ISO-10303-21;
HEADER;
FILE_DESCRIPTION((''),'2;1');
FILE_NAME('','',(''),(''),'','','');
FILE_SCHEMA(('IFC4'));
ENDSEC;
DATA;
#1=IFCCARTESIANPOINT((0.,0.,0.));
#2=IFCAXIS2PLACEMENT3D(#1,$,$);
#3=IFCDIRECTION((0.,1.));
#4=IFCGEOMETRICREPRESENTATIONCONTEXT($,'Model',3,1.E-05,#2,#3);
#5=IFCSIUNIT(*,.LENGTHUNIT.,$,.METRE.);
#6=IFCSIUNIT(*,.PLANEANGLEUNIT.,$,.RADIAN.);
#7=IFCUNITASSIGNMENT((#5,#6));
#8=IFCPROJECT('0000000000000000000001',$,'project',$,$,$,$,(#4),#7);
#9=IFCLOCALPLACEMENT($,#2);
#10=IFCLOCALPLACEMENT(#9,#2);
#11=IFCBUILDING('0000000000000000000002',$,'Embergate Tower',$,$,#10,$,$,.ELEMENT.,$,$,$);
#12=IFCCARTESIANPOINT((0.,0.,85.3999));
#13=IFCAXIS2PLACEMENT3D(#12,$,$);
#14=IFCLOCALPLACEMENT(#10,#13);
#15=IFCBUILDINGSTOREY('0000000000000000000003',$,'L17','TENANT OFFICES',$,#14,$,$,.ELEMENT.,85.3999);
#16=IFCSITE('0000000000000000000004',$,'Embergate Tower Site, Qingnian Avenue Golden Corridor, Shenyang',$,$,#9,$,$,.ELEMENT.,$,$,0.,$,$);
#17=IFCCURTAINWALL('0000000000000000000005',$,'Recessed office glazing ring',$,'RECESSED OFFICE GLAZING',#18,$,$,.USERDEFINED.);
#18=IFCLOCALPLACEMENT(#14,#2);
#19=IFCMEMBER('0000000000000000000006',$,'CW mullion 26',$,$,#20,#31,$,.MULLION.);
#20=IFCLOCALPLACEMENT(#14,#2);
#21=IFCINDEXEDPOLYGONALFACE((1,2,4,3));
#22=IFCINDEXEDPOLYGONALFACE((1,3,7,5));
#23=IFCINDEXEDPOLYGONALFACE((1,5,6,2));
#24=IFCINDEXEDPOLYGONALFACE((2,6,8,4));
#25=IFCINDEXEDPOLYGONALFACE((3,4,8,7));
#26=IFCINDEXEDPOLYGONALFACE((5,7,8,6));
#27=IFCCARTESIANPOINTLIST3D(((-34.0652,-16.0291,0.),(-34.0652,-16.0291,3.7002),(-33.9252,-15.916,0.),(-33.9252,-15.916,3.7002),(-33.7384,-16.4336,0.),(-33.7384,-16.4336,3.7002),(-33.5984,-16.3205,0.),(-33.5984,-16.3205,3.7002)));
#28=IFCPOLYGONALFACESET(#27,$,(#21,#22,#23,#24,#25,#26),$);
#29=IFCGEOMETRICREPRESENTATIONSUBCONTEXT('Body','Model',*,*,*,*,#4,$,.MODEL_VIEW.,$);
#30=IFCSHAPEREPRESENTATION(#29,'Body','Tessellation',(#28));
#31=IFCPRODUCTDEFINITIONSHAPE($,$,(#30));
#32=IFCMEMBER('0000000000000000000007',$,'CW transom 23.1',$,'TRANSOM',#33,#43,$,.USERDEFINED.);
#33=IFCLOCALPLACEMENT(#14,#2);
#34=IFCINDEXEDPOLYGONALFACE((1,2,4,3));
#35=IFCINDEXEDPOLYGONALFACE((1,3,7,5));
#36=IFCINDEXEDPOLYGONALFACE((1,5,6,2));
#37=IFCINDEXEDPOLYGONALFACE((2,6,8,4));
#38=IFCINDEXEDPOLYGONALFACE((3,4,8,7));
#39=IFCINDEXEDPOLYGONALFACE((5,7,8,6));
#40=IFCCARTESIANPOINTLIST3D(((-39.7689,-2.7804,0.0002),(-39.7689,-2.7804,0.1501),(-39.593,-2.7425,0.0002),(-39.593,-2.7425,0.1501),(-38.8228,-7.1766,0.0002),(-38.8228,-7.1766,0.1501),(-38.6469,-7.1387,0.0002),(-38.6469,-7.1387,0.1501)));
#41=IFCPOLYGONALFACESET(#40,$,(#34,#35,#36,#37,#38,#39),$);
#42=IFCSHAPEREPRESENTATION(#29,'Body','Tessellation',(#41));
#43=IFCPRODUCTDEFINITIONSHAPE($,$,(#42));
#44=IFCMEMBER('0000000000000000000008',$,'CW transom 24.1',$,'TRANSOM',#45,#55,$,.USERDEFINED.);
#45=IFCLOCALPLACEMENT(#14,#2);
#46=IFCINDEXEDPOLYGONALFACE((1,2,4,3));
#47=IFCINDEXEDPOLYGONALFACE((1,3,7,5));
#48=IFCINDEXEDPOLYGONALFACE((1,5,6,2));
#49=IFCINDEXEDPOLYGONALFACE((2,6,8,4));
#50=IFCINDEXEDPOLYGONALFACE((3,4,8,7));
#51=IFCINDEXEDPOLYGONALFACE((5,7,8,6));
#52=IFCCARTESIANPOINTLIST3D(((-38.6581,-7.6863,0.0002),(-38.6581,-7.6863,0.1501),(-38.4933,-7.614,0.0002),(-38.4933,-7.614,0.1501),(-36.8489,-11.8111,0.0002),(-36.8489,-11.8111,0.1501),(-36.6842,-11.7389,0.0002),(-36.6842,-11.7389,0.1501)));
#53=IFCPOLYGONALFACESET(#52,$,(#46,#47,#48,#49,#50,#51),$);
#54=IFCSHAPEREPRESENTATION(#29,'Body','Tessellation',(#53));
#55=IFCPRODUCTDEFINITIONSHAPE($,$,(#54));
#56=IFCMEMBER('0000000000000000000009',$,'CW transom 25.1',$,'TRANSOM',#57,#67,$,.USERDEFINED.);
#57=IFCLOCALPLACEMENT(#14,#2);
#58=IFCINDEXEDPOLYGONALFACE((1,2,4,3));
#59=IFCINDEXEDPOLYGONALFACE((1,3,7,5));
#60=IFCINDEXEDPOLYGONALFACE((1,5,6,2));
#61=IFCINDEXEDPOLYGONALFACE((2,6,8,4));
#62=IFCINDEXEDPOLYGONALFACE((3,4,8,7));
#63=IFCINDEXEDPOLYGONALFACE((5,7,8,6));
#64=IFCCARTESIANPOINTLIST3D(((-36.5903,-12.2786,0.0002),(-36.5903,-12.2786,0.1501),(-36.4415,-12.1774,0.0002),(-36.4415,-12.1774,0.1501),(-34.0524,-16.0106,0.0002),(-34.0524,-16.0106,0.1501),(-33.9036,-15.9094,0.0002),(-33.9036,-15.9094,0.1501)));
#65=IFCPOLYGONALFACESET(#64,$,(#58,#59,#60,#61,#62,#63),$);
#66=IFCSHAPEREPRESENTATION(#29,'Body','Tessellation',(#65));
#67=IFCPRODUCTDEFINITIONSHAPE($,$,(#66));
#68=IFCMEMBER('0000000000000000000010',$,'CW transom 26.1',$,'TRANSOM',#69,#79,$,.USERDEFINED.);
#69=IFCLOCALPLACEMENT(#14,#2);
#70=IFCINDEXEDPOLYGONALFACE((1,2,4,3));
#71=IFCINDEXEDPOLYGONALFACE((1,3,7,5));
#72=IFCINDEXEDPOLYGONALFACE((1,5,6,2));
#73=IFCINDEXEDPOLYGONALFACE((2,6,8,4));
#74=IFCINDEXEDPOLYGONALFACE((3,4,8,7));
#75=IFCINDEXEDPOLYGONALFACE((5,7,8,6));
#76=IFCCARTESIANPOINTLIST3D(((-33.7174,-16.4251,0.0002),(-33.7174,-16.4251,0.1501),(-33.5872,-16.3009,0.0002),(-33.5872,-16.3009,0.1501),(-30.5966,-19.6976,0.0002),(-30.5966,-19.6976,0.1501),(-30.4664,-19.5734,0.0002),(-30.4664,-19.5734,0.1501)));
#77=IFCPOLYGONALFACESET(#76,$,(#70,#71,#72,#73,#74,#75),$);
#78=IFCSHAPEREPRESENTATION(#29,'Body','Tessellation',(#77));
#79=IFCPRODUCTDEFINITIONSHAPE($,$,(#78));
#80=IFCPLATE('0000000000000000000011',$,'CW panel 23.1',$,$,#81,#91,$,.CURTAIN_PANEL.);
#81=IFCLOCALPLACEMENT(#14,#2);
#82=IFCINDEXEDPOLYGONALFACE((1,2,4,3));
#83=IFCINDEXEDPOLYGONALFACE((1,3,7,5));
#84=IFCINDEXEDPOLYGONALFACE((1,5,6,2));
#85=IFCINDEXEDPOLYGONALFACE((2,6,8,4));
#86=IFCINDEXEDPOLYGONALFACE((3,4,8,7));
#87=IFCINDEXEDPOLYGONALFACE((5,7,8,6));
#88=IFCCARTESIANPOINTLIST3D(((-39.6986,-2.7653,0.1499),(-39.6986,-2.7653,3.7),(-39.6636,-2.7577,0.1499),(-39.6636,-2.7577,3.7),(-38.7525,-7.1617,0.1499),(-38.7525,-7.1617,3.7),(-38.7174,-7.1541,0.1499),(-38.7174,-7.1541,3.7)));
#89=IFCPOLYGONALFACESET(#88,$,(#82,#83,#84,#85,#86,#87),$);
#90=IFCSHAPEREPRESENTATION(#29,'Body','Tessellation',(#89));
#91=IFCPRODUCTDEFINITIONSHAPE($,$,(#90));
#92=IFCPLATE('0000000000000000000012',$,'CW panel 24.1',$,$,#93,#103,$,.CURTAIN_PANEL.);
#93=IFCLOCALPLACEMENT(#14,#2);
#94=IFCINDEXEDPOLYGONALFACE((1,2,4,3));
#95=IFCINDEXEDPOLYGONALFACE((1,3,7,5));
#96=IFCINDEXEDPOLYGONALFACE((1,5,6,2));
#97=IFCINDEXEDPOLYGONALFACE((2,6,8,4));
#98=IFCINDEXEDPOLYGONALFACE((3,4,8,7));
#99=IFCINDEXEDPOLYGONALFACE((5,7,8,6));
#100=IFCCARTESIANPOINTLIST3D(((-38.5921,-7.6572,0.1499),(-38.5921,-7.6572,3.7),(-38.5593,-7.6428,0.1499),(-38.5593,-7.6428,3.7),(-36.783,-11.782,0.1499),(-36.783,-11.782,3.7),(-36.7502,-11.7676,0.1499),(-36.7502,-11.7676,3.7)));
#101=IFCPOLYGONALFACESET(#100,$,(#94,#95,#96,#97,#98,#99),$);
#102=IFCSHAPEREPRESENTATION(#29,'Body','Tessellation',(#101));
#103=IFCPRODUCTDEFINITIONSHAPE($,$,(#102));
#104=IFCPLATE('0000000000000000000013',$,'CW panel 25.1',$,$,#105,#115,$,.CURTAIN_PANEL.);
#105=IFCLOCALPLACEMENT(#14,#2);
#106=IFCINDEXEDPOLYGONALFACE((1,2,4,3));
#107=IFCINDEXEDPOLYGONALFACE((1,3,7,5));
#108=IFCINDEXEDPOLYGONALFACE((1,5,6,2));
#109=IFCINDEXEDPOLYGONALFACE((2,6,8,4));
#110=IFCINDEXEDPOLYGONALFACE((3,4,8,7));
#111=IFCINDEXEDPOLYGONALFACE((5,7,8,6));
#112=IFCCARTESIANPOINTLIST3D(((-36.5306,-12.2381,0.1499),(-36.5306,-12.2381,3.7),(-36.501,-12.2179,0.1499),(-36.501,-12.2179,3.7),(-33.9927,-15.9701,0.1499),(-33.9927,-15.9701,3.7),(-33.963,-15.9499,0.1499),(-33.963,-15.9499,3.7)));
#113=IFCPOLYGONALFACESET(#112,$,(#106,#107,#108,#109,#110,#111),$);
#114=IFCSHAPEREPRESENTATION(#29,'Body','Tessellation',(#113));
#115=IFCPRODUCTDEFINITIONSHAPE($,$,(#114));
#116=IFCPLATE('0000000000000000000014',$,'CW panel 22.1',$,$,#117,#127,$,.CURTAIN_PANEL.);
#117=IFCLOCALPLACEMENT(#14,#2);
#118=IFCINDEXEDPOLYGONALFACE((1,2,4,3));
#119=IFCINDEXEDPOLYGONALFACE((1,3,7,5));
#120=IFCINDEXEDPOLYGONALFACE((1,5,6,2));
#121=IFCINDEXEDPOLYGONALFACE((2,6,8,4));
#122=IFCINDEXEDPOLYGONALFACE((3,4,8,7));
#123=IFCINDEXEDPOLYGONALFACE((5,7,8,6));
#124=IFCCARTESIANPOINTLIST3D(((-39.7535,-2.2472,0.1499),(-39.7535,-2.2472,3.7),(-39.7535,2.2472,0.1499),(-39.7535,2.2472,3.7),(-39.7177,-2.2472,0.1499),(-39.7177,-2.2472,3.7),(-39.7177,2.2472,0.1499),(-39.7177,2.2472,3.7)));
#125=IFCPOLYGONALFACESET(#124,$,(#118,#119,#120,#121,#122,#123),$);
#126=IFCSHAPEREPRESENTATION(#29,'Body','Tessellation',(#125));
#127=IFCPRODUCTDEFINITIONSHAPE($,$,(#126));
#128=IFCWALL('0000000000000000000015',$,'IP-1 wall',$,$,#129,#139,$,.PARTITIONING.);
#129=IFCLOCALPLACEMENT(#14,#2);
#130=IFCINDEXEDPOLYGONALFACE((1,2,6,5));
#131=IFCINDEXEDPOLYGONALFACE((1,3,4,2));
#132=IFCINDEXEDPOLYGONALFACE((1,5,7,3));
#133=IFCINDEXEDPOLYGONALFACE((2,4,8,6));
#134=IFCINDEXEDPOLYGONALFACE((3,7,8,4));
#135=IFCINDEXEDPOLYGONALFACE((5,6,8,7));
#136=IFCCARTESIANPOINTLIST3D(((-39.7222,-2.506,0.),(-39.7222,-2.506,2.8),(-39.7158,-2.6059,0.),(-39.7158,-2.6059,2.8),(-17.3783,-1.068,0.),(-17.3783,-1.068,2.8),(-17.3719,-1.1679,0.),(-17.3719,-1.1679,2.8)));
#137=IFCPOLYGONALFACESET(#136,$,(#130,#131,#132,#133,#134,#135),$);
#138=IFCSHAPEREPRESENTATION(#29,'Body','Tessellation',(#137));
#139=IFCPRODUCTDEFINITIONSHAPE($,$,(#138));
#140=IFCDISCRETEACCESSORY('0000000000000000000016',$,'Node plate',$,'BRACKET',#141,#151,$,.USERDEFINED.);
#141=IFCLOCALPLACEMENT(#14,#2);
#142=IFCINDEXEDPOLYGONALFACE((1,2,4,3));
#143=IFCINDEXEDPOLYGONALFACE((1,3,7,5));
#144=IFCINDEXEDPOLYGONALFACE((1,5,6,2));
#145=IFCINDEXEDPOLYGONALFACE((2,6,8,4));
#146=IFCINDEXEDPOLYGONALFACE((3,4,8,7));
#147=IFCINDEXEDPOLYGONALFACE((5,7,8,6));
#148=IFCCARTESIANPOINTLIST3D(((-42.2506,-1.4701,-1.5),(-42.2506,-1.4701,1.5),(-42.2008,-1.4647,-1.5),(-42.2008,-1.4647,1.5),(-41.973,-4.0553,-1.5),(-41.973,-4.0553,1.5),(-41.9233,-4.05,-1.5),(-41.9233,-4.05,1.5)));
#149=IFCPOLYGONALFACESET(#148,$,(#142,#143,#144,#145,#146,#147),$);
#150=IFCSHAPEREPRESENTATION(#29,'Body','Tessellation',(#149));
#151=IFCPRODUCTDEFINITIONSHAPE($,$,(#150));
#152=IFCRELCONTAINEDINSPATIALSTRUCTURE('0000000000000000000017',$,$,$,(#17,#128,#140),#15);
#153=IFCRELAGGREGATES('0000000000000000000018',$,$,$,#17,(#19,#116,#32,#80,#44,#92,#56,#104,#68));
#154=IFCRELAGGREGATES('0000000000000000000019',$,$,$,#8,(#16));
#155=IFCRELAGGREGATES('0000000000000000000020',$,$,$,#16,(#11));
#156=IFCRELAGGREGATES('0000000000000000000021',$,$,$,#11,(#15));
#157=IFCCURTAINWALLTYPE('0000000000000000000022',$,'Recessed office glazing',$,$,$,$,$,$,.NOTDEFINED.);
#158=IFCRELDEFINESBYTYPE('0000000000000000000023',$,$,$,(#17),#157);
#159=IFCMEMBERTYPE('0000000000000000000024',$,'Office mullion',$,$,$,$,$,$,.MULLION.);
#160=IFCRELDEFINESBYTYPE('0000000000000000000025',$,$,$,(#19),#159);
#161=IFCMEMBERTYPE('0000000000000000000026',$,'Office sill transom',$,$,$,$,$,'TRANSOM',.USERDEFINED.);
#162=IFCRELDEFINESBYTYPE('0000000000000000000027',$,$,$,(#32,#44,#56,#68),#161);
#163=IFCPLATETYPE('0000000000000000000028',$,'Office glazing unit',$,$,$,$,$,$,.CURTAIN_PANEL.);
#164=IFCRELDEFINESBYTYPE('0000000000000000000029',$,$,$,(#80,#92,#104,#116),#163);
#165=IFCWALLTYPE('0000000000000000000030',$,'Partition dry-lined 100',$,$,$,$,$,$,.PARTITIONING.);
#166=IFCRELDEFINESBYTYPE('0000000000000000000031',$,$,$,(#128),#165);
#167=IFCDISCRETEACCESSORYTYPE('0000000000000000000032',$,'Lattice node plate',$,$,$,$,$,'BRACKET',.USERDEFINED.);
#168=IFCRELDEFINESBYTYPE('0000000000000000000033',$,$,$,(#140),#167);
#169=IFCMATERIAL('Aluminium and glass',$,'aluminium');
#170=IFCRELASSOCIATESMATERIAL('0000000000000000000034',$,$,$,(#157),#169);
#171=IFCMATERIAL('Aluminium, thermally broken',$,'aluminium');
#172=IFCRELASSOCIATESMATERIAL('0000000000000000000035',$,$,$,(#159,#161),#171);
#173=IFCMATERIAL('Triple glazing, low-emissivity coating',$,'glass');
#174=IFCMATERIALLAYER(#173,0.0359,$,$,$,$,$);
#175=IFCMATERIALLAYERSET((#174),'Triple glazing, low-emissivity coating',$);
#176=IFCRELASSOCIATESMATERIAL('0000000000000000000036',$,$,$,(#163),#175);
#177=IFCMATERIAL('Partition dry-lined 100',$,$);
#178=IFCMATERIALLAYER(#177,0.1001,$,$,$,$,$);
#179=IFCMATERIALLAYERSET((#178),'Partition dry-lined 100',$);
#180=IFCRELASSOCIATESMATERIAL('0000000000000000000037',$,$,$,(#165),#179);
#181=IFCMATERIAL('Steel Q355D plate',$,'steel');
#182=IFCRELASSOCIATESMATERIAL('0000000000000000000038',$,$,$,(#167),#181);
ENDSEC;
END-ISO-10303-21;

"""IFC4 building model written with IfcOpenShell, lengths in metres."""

from ifc_helpers import new_model, si_unit, direction, frame, frame_2d, origin, origin_2d, place, context, subcontext, project, spatial, rectangle, extrude, source, transform, mapped, material, layer, layer_set, material_profile, profile_set, type_object, element, aggregate, save


model = new_model("IFC4")

# Units and contexts
model_context = context("Model", 3, precision=1e-05, world=origin(), true_north=direction((0.0, 1.0)))
body_context = subcontext(model_context, "Body", "Model", "MODEL_VIEW")
ifc_project = project(units=[si_unit("LENGTHUNIT", "METRE"), si_unit("PLANEANGLEUNIT", "RADIAN")], contexts=[model_context])

# Site, building, storey
site_placement = place(None, origin())
site = spatial("IfcSite", under=ifc_project, at=site_placement, Name="Embergate Tower Site, Qingnian Avenue Golden Corridor, Shenyang", CompositionType="ELEMENT", RefElevation=0.0)
building_placement = place(site_placement, origin())
building = spatial("IfcBuilding", under=site, at=building_placement, Name="Embergate Tower", CompositionType="ELEMENT")
storey_placement = place(building_placement, frame((0.0, 0.0, 85.3999)))
storey = spatial("IfcBuildingStorey", under=building, at=storey_placement, Name="L17", Description="TENANT OFFICES", CompositionType="ELEMENT", Elevation=85.3999)

# Curtain wall, members, plates
ifc_material_1 = material(Name="Aluminium and glass", Category="aluminium")
curtain_wall_type = type_object("IfcCurtainWallType", Name="Recessed office glazing", PredefinedType="NOTDEFINED", material=ifc_material_1)
curtain_wall_placement = place(storey_placement, origin())
curtain_wall = element("IfcCurtainWall", 1, at=curtain_wall_placement, inside=storey, type_object=curtain_wall_type, Name="Recessed office glazing ring", ObjectType="RECESSED OFFICE GLAZING", PredefinedType="USERDEFINED")
ifc_material_2 = material(Name="Aluminium, thermally broken", Category="aluminium")
ifc_material_profile_1 = material_profile(ifc_material_2, rectangle(XDim=0.1799, YDim=0.52, at=origin_2d()), Name="AL 520x180")
ifc_profile_set_1 = profile_set([ifc_material_profile_1], Name="Aluminium, thermally broken")
member_type_1 = type_object("IfcMemberType", Name="Office mullion", PredefinedType="MULLION", material=ifc_profile_set_1)
shared_shape_1 = source(origin(), body_context, "Body", "SweptSolid", [
    extrude(rectangle(XDim=0.1799, YDim=0.52, at=origin_2d()), origin(), (0.0, 0.0, 1.0), 3.7002),
])
member_1_placement = place(storey_placement, frame((-33.8318, -16.1748, 0.0), z_axis=(0.0, 0.0, 1.0), x_axis=(0.777876, 0.628418, 0.0)))
member_1 = element("IfcMember", 2, at=member_1_placement, type_object=member_type_1, Name="CW mullion 26", PredefinedType="MULLION", context=body_context, shape_type="MappedRepresentation", body=[
    mapped(shared_shape_1, transform((0.0, 0.0, 0.0))),
])
ifc_material_profile_2 = material_profile(ifc_material_2, rectangle(XDim=0.1799, YDim=0.1499, at=origin_2d()), Name="AL 150x180")
ifc_profile_set_2 = profile_set([ifc_material_profile_2], Name="Aluminium, thermally broken")
member_type_2 = type_object("IfcMemberType", Name="Office sill transom", ElementType="TRANSOM", PredefinedType="USERDEFINED", material=ifc_profile_set_2)
shared_shape_2 = source(origin(), body_context, "Body", "SweptSolid", [
    extrude(rectangle(XDim=0.1799, YDim=0.1499, at=origin_2d()), origin(), (0.0, 0.0, 1.0), 4.4968),
])
member_2_placement = place(storey_placement, frame((-39.6809, -2.7615, 0.0752), z_axis=(0.210378, -0.97762, 0.0), x_axis=(0.97762, 0.210378, 0.0)))
member_2 = element("IfcMember", 3, at=member_2_placement, type_object=member_type_2, Name="CW transom 23.1", ObjectType="TRANSOM", PredefinedType="USERDEFINED", context=body_context, shape_type="MappedRepresentation", body=[
    mapped(shared_shape_2, transform((0.0, 0.0, 0.0))),
])
shared_shape_3 = source(origin(), body_context, "Body", "SweptSolid", [
    extrude(rectangle(XDim=0.1799, YDim=0.1499, at=origin_2d()), origin(), (0.0, 0.0, 1.0), 4.5042),
])
member_3_placement = place(storey_placement, frame((-38.5757, -7.6501, 0.0752), z_axis=(0.401658, -0.91579, 0.0), x_axis=(0.91579, 0.401658, 0.0)))
member_3 = element("IfcMember", 4, at=member_3_placement, type_object=member_type_2, Name="CW transom 24.1", ObjectType="TRANSOM", PredefinedType="USERDEFINED", context=body_context, shape_type="MappedRepresentation", body=[
    mapped(shared_shape_3, transform((0.0, 0.0, 0.0))),
])
shared_shape_4 = source(origin(), body_context, "Body", "SweptSolid", [
    extrude(rectangle(XDim=0.1799, YDim=0.1499, at=origin_2d()), origin(), (0.0, 0.0, 1.0), 4.5132),
])
member_4_placement = place(storey_placement, frame((-36.5159, -12.228, 0.0752), z_axis=(0.562329, -0.826913, 0.0), x_axis=(0.826913, 0.562329, 0.0)))
member_4 = element("IfcMember", 5, at=member_4_placement, type_object=member_type_2, Name="CW transom 25.1", ObjectType="TRANSOM", PredefinedType="USERDEFINED", context=body_context, shape_type="MappedRepresentation", body=[
    mapped(shared_shape_4, transform((0.0, 0.0, 0.0))),
])
shared_shape_5 = source(origin(), body_context, "Body", "SweptSolid", [
    extrude(rectangle(XDim=0.1799, YDim=0.1499, at=origin_2d()), origin(), (0.0, 0.0, 1.0), 4.522),
])
member_5_placement = place(storey_placement, frame((-33.6523, -16.363, 0.0752), z_axis=(0.690144, -0.723672, 0.0), x_axis=(0.723672, 0.690144, 0.0)))
member_5 = element("IfcMember", 6, at=member_5_placement, type_object=member_type_2, Name="CW transom 26.1", ObjectType="TRANSOM", PredefinedType="USERDEFINED", context=body_context, shape_type="MappedRepresentation", body=[
    mapped(shared_shape_5, transform((0.0, 0.0, 0.0))),
])
ifc_material_3 = material(Name="Triple glazing, low-emissivity coating", Category="glass")
ifc_layer_1 = layer(ifc_material_3, 0.0359)
ifc_layer_set_1 = layer_set([ifc_layer_1], Name="Triple glazing, low-emissivity coating")
plate_type = type_object("IfcPlateType", Name="Office glazing unit", PredefinedType="CURTAIN_PANEL", material=ifc_layer_set_1)
shared_shape_6 = source(origin(), body_context, "Body", "SweptSolid", [
    extrude(rectangle(XDim=4.4971, YDim=0.0359, at=origin_2d()), origin(), (0.0, 0.0, 1.0), 3.55),
])
plate_1_placement = place(storey_placement, frame((-39.208, -4.9597, 0.1499), z_axis=(0.0, 0.0, 1.0), x_axis=(0.210398, -0.977616, 0.0)))
plate_1 = element("IfcPlate", 7, at=plate_1_placement, type_object=plate_type, Name="CW panel 23.1", PredefinedType="CURTAIN_PANEL", context=body_context, shape_type="MappedRepresentation", body=[
    mapped(shared_shape_6, transform((0.0, 0.0, 0.0))),
])
shared_shape_7 = source(origin(), body_context, "Body", "SweptSolid", [
    extrude(rectangle(XDim=4.5042, YDim=0.0359, at=origin_2d()), origin(), (0.0, 0.0, 1.0), 3.55),
])
plate_2_placement = place(storey_placement, frame((-37.6711, -9.7124, 0.1499), z_axis=(0.0, 0.0, 1.0), x_axis=(0.401652, -0.915792, 0.0)))
plate_2 = element("IfcPlate", 8, at=plate_2_placement, type_object=plate_type, Name="CW panel 24.1", PredefinedType="CURTAIN_PANEL", context=body_context, shape_type="MappedRepresentation", body=[
    mapped(shared_shape_7, transform((0.0, 0.0, 0.0))),
])
shared_shape_8 = source(origin(), body_context, "Body", "SweptSolid", [
    extrude(rectangle(XDim=4.5132, YDim=0.0359, at=origin_2d()), origin(), (0.0, 0.0, 1.0), 3.55),
])
plate_3_placement = place(storey_placement, frame((-35.2468, -14.094, 0.1499), z_axis=(0.0, 0.0, 1.0), x_axis=(0.562343, -0.826904, 0.0)))
plate_3 = element("IfcPlate", 9, at=plate_3_placement, type_object=plate_type, Name="CW panel 25.1", PredefinedType="CURTAIN_PANEL", context=body_context, shape_type="MappedRepresentation", body=[
    mapped(shared_shape_8, transform((0.0, 0.0, 0.0))),
])
shared_shape_9 = source(origin(), body_context, "Body", "SweptSolid", [
    extrude(rectangle(XDim=4.4944, YDim=0.0359, at=origin_2d()), origin(), (0.0, 0.0, 1.0), 3.55),
])
plate_4_placement = place(storey_placement, frame((-39.7356, 0.0, 0.1499), z_axis=(0.0, 0.0, 1.0), x_axis=(0.0, -1.0, 0.0)))
plate_4 = element("IfcPlate", 10, at=plate_4_placement, type_object=plate_type, Name="CW panel 22.1", PredefinedType="CURTAIN_PANEL", context=body_context, shape_type="MappedRepresentation", body=[
    mapped(shared_shape_9, transform((0.0, 0.0, 0.0))),
])
aggregate(curtain_wall, [member_1, plate_4, member_2, plate_1, member_3, plate_2, member_4, plate_3, member_5])

# Wall
ifc_material_4 = material(Name="Partition dry-lined 100")
ifc_layer_2 = layer(ifc_material_4, 0.1001)
ifc_layer_set_2 = layer_set([ifc_layer_2], Name="Partition dry-lined 100")
wall_type = type_object("IfcWallType", Name="Partition dry-lined 100", PredefinedType="PARTITIONING", material=ifc_layer_set_2)
shared_shape_10 = source(origin(), body_context, "Body", "SweptSolid", [
    extrude(rectangle(XDim=22.3901, YDim=0.1001, at=frame_2d((11.1951, 0.0))), origin(), (0.0, 0.0, 1.0), 2.8),
])
wall_placement = place(storey_placement, frame((-39.719, -2.5559, 0.0), z_axis=(0.0, 0.0, 1.0), x_axis=(0.997936, 0.064224, 0.0)))
element("IfcWall", 11, at=wall_placement, inside=storey, type_object=wall_type, Name="IP-1 wall", PredefinedType="PARTITIONING", context=body_context, shape_type="MappedRepresentation", body=[
    mapped(shared_shape_10, transform((0.0, 0.0, 0.0))),
])

# Discrete accessory
ifc_material_5 = material(Name="Steel Q355D plate", Category="steel")
discrete_accessory_type = type_object("IfcDiscreteAccessoryType", Name="Lattice node plate", ElementType="BRACKET", PredefinedType="USERDEFINED", material=ifc_material_5)
shared_shape_11 = source(origin(), body_context, "Body", "SweptSolid", [
    extrude(rectangle(XDim=2.6001, YDim=0.05, at=origin_2d()), origin(), (0.0, 0.0, 1.0), 3.0),
])
discrete_accessory_placement = place(storey_placement, frame((-42.0869, -2.76, -1.5), z_axis=(0.0, 0.0, 1.0), x_axis=(0.10675, -0.994286, 0.0)))
element("IfcDiscreteAccessory", 12, at=discrete_accessory_placement, inside=storey, type_object=discrete_accessory_type, Name="Node plate", ObjectType="BRACKET", PredefinedType="USERDEFINED", context=body_context, shape_type="MappedRepresentation", body=[
    mapped(shared_shape_11, transform((0.0, 0.0, 0.0))),
])

save(model, "model.ifc")
